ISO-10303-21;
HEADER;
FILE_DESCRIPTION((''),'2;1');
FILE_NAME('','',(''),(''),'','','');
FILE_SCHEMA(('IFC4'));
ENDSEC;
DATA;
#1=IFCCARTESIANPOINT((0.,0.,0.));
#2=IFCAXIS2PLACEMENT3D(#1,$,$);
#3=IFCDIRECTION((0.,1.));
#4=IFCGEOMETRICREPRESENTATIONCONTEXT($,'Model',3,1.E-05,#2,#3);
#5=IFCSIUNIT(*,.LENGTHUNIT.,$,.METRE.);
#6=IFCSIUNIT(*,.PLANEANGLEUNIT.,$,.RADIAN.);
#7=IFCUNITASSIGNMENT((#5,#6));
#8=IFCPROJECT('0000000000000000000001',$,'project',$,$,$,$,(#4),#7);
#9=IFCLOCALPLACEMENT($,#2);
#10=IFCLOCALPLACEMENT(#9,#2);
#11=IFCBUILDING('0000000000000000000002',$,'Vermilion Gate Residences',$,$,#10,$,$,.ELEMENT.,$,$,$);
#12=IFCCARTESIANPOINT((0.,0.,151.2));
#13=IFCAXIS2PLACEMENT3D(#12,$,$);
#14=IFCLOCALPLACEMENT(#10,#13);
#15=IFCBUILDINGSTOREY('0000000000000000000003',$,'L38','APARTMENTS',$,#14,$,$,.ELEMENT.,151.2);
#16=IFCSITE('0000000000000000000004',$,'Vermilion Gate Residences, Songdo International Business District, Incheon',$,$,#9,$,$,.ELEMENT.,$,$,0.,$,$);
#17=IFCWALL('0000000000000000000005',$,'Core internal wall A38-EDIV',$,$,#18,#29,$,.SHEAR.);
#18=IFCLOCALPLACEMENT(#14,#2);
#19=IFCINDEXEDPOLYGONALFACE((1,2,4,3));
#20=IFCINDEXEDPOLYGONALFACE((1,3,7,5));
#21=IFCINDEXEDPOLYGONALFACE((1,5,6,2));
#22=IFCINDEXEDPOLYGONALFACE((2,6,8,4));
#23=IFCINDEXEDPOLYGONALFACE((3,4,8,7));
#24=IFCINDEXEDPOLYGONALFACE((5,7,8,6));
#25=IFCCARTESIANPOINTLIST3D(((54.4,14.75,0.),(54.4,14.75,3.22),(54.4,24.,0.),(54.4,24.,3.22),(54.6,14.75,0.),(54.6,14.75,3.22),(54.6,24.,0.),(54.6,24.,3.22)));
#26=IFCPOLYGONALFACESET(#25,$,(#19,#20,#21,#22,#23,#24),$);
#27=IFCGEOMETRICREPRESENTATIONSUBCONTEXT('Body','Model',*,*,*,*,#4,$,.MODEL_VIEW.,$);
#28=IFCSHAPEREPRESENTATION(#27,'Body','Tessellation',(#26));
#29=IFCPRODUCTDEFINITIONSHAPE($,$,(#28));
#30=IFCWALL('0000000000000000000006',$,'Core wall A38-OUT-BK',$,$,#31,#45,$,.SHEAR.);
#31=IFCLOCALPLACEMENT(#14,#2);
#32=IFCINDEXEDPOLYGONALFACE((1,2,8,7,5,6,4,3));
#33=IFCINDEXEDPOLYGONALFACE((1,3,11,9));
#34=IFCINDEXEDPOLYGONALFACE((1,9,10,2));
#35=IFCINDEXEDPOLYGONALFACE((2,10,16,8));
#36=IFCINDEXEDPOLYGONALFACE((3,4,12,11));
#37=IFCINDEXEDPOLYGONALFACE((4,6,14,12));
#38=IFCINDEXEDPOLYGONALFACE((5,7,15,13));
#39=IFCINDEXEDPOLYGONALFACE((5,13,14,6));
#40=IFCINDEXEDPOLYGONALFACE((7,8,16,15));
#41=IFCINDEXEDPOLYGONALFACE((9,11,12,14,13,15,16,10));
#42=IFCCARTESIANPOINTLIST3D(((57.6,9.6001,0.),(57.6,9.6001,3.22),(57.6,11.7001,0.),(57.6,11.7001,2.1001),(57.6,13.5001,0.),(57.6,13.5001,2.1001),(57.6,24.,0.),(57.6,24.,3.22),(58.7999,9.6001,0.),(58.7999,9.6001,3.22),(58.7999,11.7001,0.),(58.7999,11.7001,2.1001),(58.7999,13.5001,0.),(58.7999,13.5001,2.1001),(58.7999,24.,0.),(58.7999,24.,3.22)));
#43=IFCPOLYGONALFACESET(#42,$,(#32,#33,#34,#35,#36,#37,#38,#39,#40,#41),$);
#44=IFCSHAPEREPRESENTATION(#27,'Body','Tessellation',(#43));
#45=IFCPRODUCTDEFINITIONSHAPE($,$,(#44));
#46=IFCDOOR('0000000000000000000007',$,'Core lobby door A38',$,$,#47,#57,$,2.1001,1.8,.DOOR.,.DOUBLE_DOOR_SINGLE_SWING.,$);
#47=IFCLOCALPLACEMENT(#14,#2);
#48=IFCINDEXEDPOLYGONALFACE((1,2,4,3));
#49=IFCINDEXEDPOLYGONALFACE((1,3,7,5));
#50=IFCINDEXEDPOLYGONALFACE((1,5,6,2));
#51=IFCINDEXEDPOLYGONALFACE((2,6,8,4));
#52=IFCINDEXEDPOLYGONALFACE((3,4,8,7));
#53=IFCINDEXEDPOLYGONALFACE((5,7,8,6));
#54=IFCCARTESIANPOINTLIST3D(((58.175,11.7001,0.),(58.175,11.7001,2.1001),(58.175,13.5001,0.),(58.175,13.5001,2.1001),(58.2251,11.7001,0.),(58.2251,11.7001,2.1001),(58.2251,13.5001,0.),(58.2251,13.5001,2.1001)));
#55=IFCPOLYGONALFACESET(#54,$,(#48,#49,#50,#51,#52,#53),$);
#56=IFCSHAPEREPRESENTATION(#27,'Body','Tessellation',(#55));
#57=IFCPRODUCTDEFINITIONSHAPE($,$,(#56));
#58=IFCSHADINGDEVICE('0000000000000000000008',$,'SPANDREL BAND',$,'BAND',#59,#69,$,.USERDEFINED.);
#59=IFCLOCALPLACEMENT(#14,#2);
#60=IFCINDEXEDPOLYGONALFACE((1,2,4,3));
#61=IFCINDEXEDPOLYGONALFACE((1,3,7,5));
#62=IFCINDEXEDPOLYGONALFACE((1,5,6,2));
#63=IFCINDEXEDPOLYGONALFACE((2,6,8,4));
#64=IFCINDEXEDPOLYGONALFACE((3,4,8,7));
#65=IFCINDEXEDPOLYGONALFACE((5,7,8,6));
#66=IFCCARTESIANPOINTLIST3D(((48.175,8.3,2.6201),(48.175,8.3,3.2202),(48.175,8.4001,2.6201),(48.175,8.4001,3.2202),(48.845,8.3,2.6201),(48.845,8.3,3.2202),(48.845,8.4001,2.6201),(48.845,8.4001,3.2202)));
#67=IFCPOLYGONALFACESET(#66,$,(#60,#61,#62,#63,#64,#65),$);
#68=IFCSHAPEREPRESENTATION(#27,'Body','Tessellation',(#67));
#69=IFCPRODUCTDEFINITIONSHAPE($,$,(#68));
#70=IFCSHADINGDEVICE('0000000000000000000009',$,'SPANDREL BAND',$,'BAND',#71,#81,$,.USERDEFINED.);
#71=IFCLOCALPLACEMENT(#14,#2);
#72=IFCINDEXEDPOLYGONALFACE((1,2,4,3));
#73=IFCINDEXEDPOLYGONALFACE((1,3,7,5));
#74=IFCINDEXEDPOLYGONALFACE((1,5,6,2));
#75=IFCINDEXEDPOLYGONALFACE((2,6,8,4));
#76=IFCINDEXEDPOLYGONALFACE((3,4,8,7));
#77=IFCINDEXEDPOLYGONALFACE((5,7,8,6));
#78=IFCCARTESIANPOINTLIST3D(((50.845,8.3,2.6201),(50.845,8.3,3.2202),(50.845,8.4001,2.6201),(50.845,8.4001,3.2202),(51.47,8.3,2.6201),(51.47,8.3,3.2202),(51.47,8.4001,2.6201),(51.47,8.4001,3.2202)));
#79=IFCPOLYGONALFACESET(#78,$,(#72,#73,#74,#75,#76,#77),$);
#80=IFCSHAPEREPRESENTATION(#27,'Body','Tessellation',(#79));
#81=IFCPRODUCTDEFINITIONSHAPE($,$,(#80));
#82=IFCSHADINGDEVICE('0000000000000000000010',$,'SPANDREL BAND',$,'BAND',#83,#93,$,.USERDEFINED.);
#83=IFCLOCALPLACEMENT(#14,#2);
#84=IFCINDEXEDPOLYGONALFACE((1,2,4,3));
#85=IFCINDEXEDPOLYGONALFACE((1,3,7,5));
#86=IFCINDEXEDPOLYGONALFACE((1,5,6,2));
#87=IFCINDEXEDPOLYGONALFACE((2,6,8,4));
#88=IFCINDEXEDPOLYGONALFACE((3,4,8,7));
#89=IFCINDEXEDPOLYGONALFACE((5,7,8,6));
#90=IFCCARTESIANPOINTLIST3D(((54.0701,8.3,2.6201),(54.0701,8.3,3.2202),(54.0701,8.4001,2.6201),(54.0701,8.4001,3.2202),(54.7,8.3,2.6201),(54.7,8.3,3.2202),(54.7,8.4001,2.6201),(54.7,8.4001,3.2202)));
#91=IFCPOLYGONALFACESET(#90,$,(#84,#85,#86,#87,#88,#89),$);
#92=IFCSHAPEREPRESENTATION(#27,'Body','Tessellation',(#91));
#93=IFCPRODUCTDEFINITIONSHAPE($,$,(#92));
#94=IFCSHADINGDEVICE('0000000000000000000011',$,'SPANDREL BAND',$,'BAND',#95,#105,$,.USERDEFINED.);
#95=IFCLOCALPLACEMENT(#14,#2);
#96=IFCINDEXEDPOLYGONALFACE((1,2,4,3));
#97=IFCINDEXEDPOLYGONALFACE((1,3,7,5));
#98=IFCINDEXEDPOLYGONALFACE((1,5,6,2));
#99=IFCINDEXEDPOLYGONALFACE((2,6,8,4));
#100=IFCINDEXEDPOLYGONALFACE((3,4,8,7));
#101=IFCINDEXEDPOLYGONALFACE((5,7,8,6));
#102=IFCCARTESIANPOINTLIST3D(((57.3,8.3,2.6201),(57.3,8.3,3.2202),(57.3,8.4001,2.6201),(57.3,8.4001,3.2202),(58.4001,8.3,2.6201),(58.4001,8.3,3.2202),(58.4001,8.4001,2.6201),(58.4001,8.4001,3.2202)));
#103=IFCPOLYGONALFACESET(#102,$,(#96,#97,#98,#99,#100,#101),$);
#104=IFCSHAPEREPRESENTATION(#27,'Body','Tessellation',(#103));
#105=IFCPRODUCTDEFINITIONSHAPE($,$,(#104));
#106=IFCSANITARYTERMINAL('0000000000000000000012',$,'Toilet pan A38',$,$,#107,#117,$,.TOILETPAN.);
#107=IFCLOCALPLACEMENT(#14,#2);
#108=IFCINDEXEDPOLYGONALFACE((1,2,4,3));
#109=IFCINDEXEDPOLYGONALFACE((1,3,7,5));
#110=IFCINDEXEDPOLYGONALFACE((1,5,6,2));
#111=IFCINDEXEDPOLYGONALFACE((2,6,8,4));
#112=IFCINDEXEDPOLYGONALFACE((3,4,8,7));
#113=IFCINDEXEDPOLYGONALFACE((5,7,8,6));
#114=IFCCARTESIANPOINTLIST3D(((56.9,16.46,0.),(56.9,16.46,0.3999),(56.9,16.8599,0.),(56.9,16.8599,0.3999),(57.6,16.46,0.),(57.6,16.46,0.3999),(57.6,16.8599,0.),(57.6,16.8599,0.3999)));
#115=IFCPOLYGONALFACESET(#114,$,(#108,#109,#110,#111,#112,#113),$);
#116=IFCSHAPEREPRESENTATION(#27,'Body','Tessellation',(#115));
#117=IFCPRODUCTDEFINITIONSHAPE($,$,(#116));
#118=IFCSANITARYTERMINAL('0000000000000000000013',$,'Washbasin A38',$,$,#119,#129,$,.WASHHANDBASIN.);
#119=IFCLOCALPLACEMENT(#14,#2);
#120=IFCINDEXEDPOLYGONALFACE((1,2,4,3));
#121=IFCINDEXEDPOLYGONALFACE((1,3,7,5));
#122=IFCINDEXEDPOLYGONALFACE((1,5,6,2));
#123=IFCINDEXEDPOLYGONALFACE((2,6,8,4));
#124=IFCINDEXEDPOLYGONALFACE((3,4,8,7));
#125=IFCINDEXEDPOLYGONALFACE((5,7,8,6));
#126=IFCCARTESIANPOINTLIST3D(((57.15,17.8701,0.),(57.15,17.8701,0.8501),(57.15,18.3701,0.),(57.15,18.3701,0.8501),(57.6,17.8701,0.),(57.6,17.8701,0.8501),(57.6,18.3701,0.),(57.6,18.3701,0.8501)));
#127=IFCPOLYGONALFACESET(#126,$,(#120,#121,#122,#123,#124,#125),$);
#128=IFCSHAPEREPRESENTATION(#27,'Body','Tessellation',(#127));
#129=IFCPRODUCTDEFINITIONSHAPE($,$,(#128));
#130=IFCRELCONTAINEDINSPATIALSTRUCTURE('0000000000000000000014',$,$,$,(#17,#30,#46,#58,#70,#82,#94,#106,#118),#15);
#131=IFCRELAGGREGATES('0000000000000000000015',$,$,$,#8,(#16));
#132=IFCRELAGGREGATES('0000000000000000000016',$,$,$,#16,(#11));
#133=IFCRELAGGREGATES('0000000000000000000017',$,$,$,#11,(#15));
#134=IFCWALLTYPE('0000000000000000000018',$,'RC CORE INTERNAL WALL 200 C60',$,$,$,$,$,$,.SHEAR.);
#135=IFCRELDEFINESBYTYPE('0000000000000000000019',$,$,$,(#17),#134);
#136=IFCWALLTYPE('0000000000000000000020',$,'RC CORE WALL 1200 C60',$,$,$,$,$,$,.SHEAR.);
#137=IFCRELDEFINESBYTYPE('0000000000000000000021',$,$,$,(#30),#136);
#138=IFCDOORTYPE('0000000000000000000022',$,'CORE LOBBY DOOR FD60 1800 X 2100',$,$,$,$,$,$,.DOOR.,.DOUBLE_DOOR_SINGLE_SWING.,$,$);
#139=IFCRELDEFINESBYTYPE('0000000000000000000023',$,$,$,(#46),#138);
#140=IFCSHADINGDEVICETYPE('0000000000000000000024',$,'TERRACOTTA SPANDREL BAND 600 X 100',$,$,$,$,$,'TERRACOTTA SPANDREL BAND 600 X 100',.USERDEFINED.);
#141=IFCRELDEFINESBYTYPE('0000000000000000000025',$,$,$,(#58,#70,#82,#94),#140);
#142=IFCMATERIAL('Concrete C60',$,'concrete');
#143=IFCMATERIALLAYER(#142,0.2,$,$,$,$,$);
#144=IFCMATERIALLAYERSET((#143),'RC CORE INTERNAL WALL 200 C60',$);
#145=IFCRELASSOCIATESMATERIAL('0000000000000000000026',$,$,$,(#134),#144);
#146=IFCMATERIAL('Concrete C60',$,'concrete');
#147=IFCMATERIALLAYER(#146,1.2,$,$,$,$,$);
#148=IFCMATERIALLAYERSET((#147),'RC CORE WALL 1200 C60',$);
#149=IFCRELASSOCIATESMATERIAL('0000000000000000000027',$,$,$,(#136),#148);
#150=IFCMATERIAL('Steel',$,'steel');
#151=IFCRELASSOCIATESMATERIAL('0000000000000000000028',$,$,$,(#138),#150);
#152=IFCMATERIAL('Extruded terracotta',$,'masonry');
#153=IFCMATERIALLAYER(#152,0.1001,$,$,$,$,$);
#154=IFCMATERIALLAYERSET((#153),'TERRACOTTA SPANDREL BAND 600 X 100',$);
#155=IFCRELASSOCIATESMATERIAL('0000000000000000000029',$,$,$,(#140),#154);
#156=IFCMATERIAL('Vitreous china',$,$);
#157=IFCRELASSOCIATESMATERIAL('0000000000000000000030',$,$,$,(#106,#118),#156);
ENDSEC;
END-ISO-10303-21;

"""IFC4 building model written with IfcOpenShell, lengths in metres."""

from ifc_helpers import new_model, si_unit, direction, frame, frame_2d, origin, origin_2d, place, context, subcontext, project, spatial, rectangle, extrude, material, layer, layer_set, type_object, element, fill, save


model = new_model("IFC4")

# Units and contexts
model_context = context("Model", 3, precision=1e-05, world=origin(), true_north=direction((0.0, 1.0)))
body_context = subcontext(model_context, "Body", "Model", "MODEL_VIEW")
ifc_project = project(units=[si_unit("LENGTHUNIT", "METRE"), si_unit("PLANEANGLEUNIT", "RADIAN")], contexts=[model_context])

# Site, building, storey
site_placement = place(None, origin())
site = spatial("IfcSite", under=ifc_project, at=site_placement, Name="Vermilion Gate Residences, Songdo International Business District, Incheon", CompositionType="ELEMENT", RefElevation=0.0)
building_placement = place(site_placement, origin())
building = spatial("IfcBuilding", under=site, at=building_placement, Name="Vermilion Gate Residences", CompositionType="ELEMENT")
storey_placement = place(building_placement, frame((0.0, 0.0, 151.2)))
storey = spatial("IfcBuildingStorey", under=building, at=storey_placement, Name="L38", Description="APARTMENTS", CompositionType="ELEMENT", Elevation=151.2)

# Wall
ifc_material_1 = material(Name="Concrete C60", Category="concrete")
ifc_layer_1 = layer(ifc_material_1, 0.2)
ifc_layer_set_1 = layer_set([ifc_layer_1], Name="RC CORE INTERNAL WALL 200 C60")
wall_type_1 = type_object("IfcWallType", Name="RC CORE INTERNAL WALL 200 C60", PredefinedType="SHEAR", material=ifc_layer_set_1)
wall_1_placement = place(storey_placement, frame((54.5, 14.75, 0.0), z_axis=(0.0, 0.0, 1.0), x_axis=(0.0, 1.0, 0.0)))
element("IfcWall", 1, at=wall_1_placement, inside=storey, type_object=wall_type_1, Name="Core internal wall A38-EDIV", PredefinedType="SHEAR", context=body_context, shape_type="SweptSolid", body=[
    extrude(rectangle(XDim=9.25, YDim=0.2, at=frame_2d((4.625, 0.0))), origin(), (0.0, 0.0, 1.0), 3.22),
])

# Wall, opening, door
ifc_material_2 = material(Name="Concrete C60", Category="concrete")
ifc_layer_2 = layer(ifc_material_2, 1.2)
ifc_layer_set_2 = layer_set([ifc_layer_2], Name="RC CORE WALL 1200 C60")
wall_type_2 = type_object("IfcWallType", Name="RC CORE WALL 1200 C60", PredefinedType="SHEAR", material=ifc_layer_set_2)
wall_2_placement = place(storey_placement, frame((58.2, 9.6001, 0.0), z_axis=(0.0, 0.0, 1.0), x_axis=(0.0, 1.0, 0.0)))
wall_2 = element("IfcWall", 2, at=wall_2_placement, inside=storey, type_object=wall_type_2, Name="Core wall A38-OUT-BK", PredefinedType="SHEAR", context=body_context, shape_type="SweptSolid", body=[
    extrude(rectangle(XDim=14.3999, YDim=1.2, at=frame_2d((7.2, 0.0))), origin(), (0.0, 0.0, 1.0), 3.22),
])
opening_1_placement = place(wall_2_placement, frame((2.1001, 0.0, 0.0)))
opening_1 = element("IfcOpeningElement", 3, at=opening_1_placement, cuts=wall_2, PredefinedType="OPENING", context=body_context, shape_type="SweptSolid", body=[
    extrude(rectangle(XDim=1.8, YDim=2.1001, at=frame_2d((0.8999, 1.05))), frame((0.0, 0.6099, 0.0), z_axis=(0.0, -1.0, 0.0), x_axis=(1.0, 0.0, 0.0)), (0.0, 0.0, 1.0), 1.22),
])
ifc_material_3 = material(Name="Steel", Category="steel")
door_type_1 = type_object("IfcDoorType", Name="CORE LOBBY DOOR FD60 1800 X 2100", OperationType="DOUBLE_DOOR_SINGLE_SWING", PredefinedType="DOOR", material=ifc_material_3)
door_1_placement = place(opening_1_placement, origin())
door_1 = element("IfcDoor", 4, at=door_1_placement, inside=storey, type_object=door_type_1, Name="Core lobby door A38", OperationType="DOUBLE_DOOR_SINGLE_SWING", OverallHeight=2.1001, OverallWidth=1.8, PredefinedType="DOOR", context=body_context, shape_type="SweptSolid", body=[
    extrude(rectangle(XDim=1.8, YDim=2.1001, at=frame_2d((0.8999, 1.05))), frame((0.0, 0.0249, 0.0), z_axis=(0.0, -1.0, 0.0), x_axis=(1.0, 0.0, 0.0)), (0.0, 0.0, 1.0), 0.05),
])
fill(opening_1, door_1)

# Shading devices
ifc_material_4 = material(Name="Extruded terracotta", Category="masonry")
ifc_layer_3 = layer(ifc_material_4, 0.1001)
ifc_layer_set_3 = layer_set([ifc_layer_3], Name="TERRACOTTA SPANDREL BAND 600 X 100")
shading_device_type = type_object("IfcShadingDeviceType", Name="TERRACOTTA SPANDREL BAND 600 X 100", ElementType="TERRACOTTA SPANDREL BAND 600 X 100", PredefinedType="USERDEFINED", material=ifc_layer_set_3)
shading_device_1_placement = place(storey_placement, frame((48.51, 8.3501, 2.6201), z_axis=(0.0, 0.0, 1.0), x_axis=(1.0, 0.0, 0.0)))
element("IfcShadingDevice", 5, at=shading_device_1_placement, inside=storey, type_object=shading_device_type, Name="SPANDREL BAND", ObjectType="BAND", PredefinedType="USERDEFINED", context=body_context, shape_type="SweptSolid", body=[
    extrude(rectangle(XDim=0.6699, YDim=0.1001, at=origin_2d()), origin(), (0.0, 0.0, 1.0), 0.6001),
])
shading_device_2_placement = place(storey_placement, frame((51.1575, 8.3501, 2.6201), z_axis=(0.0, 0.0, 1.0), x_axis=(1.0, 0.0, 0.0)))
element("IfcShadingDevice", 6, at=shading_device_2_placement, inside=storey, type_object=shading_device_type, Name="SPANDREL BAND", ObjectType="BAND", PredefinedType="USERDEFINED", context=body_context, shape_type="SweptSolid", body=[
    extrude(rectangle(XDim=0.625, YDim=0.1001, at=origin_2d()), origin(), (0.0, 0.0, 1.0), 0.6001),
])
shading_device_3_placement = place(storey_placement, frame((54.385, 8.3501, 2.6201), z_axis=(0.0, 0.0, 1.0), x_axis=(1.0, 0.0, 0.0)))
element("IfcShadingDevice", 7, at=shading_device_3_placement, inside=storey, type_object=shading_device_type, Name="SPANDREL BAND", ObjectType="BAND", PredefinedType="USERDEFINED", context=body_context, shape_type="SweptSolid", body=[
    extrude(rectangle(XDim=0.6299, YDim=0.1001, at=origin_2d()), origin(), (0.0, 0.0, 1.0), 0.6001),
])
shading_device_4_placement = place(storey_placement, frame((57.8501, 8.3501, 2.6201), z_axis=(0.0, 0.0, 1.0), x_axis=(1.0, 0.0, 0.0)))
element("IfcShadingDevice", 8, at=shading_device_4_placement, inside=storey, type_object=shading_device_type, Name="SPANDREL BAND", ObjectType="BAND", PredefinedType="USERDEFINED", context=body_context, shape_type="SweptSolid", body=[
    extrude(rectangle(XDim=1.1001, YDim=0.1001, at=origin_2d()), origin(), (0.0, 0.0, 1.0), 0.6001),
])

# Sanitary terminals
ifc_material_5 = material(Name="Vitreous china")
sanitary_terminal_1_placement = place(storey_placement, frame((57.25, 16.6599, 0.0), z_axis=(0.0, 0.0, 1.0), x_axis=(1.0, 0.0, 0.0)))
element("IfcSanitaryTerminal", 9, at=sanitary_terminal_1_placement, inside=storey, material=ifc_material_5, Name="Toilet pan A38", PredefinedType="TOILETPAN", context=body_context, shape_type="SweptSolid", body=[
    extrude(rectangle(XDim=0.7, YDim=0.3999, at=origin_2d()), origin(), (0.0, 0.0, 1.0), 0.3999),
])
sanitary_terminal_2_placement = place(storey_placement, frame((57.375, 18.1201, 0.0), z_axis=(0.0, 0.0, 1.0), x_axis=(1.0, 0.0, 0.0)))
element("IfcSanitaryTerminal", 10, at=sanitary_terminal_2_placement, inside=storey, material=ifc_material_5, Name="Washbasin A38", PredefinedType="WASHHANDBASIN", context=body_context, shape_type="SweptSolid", body=[
    extrude(rectangle(XDim=0.45, YDim=0.5, at=origin_2d()), origin(), (0.0, 0.0, 1.0), 0.8501),
])

save(model, "model.ifc")
